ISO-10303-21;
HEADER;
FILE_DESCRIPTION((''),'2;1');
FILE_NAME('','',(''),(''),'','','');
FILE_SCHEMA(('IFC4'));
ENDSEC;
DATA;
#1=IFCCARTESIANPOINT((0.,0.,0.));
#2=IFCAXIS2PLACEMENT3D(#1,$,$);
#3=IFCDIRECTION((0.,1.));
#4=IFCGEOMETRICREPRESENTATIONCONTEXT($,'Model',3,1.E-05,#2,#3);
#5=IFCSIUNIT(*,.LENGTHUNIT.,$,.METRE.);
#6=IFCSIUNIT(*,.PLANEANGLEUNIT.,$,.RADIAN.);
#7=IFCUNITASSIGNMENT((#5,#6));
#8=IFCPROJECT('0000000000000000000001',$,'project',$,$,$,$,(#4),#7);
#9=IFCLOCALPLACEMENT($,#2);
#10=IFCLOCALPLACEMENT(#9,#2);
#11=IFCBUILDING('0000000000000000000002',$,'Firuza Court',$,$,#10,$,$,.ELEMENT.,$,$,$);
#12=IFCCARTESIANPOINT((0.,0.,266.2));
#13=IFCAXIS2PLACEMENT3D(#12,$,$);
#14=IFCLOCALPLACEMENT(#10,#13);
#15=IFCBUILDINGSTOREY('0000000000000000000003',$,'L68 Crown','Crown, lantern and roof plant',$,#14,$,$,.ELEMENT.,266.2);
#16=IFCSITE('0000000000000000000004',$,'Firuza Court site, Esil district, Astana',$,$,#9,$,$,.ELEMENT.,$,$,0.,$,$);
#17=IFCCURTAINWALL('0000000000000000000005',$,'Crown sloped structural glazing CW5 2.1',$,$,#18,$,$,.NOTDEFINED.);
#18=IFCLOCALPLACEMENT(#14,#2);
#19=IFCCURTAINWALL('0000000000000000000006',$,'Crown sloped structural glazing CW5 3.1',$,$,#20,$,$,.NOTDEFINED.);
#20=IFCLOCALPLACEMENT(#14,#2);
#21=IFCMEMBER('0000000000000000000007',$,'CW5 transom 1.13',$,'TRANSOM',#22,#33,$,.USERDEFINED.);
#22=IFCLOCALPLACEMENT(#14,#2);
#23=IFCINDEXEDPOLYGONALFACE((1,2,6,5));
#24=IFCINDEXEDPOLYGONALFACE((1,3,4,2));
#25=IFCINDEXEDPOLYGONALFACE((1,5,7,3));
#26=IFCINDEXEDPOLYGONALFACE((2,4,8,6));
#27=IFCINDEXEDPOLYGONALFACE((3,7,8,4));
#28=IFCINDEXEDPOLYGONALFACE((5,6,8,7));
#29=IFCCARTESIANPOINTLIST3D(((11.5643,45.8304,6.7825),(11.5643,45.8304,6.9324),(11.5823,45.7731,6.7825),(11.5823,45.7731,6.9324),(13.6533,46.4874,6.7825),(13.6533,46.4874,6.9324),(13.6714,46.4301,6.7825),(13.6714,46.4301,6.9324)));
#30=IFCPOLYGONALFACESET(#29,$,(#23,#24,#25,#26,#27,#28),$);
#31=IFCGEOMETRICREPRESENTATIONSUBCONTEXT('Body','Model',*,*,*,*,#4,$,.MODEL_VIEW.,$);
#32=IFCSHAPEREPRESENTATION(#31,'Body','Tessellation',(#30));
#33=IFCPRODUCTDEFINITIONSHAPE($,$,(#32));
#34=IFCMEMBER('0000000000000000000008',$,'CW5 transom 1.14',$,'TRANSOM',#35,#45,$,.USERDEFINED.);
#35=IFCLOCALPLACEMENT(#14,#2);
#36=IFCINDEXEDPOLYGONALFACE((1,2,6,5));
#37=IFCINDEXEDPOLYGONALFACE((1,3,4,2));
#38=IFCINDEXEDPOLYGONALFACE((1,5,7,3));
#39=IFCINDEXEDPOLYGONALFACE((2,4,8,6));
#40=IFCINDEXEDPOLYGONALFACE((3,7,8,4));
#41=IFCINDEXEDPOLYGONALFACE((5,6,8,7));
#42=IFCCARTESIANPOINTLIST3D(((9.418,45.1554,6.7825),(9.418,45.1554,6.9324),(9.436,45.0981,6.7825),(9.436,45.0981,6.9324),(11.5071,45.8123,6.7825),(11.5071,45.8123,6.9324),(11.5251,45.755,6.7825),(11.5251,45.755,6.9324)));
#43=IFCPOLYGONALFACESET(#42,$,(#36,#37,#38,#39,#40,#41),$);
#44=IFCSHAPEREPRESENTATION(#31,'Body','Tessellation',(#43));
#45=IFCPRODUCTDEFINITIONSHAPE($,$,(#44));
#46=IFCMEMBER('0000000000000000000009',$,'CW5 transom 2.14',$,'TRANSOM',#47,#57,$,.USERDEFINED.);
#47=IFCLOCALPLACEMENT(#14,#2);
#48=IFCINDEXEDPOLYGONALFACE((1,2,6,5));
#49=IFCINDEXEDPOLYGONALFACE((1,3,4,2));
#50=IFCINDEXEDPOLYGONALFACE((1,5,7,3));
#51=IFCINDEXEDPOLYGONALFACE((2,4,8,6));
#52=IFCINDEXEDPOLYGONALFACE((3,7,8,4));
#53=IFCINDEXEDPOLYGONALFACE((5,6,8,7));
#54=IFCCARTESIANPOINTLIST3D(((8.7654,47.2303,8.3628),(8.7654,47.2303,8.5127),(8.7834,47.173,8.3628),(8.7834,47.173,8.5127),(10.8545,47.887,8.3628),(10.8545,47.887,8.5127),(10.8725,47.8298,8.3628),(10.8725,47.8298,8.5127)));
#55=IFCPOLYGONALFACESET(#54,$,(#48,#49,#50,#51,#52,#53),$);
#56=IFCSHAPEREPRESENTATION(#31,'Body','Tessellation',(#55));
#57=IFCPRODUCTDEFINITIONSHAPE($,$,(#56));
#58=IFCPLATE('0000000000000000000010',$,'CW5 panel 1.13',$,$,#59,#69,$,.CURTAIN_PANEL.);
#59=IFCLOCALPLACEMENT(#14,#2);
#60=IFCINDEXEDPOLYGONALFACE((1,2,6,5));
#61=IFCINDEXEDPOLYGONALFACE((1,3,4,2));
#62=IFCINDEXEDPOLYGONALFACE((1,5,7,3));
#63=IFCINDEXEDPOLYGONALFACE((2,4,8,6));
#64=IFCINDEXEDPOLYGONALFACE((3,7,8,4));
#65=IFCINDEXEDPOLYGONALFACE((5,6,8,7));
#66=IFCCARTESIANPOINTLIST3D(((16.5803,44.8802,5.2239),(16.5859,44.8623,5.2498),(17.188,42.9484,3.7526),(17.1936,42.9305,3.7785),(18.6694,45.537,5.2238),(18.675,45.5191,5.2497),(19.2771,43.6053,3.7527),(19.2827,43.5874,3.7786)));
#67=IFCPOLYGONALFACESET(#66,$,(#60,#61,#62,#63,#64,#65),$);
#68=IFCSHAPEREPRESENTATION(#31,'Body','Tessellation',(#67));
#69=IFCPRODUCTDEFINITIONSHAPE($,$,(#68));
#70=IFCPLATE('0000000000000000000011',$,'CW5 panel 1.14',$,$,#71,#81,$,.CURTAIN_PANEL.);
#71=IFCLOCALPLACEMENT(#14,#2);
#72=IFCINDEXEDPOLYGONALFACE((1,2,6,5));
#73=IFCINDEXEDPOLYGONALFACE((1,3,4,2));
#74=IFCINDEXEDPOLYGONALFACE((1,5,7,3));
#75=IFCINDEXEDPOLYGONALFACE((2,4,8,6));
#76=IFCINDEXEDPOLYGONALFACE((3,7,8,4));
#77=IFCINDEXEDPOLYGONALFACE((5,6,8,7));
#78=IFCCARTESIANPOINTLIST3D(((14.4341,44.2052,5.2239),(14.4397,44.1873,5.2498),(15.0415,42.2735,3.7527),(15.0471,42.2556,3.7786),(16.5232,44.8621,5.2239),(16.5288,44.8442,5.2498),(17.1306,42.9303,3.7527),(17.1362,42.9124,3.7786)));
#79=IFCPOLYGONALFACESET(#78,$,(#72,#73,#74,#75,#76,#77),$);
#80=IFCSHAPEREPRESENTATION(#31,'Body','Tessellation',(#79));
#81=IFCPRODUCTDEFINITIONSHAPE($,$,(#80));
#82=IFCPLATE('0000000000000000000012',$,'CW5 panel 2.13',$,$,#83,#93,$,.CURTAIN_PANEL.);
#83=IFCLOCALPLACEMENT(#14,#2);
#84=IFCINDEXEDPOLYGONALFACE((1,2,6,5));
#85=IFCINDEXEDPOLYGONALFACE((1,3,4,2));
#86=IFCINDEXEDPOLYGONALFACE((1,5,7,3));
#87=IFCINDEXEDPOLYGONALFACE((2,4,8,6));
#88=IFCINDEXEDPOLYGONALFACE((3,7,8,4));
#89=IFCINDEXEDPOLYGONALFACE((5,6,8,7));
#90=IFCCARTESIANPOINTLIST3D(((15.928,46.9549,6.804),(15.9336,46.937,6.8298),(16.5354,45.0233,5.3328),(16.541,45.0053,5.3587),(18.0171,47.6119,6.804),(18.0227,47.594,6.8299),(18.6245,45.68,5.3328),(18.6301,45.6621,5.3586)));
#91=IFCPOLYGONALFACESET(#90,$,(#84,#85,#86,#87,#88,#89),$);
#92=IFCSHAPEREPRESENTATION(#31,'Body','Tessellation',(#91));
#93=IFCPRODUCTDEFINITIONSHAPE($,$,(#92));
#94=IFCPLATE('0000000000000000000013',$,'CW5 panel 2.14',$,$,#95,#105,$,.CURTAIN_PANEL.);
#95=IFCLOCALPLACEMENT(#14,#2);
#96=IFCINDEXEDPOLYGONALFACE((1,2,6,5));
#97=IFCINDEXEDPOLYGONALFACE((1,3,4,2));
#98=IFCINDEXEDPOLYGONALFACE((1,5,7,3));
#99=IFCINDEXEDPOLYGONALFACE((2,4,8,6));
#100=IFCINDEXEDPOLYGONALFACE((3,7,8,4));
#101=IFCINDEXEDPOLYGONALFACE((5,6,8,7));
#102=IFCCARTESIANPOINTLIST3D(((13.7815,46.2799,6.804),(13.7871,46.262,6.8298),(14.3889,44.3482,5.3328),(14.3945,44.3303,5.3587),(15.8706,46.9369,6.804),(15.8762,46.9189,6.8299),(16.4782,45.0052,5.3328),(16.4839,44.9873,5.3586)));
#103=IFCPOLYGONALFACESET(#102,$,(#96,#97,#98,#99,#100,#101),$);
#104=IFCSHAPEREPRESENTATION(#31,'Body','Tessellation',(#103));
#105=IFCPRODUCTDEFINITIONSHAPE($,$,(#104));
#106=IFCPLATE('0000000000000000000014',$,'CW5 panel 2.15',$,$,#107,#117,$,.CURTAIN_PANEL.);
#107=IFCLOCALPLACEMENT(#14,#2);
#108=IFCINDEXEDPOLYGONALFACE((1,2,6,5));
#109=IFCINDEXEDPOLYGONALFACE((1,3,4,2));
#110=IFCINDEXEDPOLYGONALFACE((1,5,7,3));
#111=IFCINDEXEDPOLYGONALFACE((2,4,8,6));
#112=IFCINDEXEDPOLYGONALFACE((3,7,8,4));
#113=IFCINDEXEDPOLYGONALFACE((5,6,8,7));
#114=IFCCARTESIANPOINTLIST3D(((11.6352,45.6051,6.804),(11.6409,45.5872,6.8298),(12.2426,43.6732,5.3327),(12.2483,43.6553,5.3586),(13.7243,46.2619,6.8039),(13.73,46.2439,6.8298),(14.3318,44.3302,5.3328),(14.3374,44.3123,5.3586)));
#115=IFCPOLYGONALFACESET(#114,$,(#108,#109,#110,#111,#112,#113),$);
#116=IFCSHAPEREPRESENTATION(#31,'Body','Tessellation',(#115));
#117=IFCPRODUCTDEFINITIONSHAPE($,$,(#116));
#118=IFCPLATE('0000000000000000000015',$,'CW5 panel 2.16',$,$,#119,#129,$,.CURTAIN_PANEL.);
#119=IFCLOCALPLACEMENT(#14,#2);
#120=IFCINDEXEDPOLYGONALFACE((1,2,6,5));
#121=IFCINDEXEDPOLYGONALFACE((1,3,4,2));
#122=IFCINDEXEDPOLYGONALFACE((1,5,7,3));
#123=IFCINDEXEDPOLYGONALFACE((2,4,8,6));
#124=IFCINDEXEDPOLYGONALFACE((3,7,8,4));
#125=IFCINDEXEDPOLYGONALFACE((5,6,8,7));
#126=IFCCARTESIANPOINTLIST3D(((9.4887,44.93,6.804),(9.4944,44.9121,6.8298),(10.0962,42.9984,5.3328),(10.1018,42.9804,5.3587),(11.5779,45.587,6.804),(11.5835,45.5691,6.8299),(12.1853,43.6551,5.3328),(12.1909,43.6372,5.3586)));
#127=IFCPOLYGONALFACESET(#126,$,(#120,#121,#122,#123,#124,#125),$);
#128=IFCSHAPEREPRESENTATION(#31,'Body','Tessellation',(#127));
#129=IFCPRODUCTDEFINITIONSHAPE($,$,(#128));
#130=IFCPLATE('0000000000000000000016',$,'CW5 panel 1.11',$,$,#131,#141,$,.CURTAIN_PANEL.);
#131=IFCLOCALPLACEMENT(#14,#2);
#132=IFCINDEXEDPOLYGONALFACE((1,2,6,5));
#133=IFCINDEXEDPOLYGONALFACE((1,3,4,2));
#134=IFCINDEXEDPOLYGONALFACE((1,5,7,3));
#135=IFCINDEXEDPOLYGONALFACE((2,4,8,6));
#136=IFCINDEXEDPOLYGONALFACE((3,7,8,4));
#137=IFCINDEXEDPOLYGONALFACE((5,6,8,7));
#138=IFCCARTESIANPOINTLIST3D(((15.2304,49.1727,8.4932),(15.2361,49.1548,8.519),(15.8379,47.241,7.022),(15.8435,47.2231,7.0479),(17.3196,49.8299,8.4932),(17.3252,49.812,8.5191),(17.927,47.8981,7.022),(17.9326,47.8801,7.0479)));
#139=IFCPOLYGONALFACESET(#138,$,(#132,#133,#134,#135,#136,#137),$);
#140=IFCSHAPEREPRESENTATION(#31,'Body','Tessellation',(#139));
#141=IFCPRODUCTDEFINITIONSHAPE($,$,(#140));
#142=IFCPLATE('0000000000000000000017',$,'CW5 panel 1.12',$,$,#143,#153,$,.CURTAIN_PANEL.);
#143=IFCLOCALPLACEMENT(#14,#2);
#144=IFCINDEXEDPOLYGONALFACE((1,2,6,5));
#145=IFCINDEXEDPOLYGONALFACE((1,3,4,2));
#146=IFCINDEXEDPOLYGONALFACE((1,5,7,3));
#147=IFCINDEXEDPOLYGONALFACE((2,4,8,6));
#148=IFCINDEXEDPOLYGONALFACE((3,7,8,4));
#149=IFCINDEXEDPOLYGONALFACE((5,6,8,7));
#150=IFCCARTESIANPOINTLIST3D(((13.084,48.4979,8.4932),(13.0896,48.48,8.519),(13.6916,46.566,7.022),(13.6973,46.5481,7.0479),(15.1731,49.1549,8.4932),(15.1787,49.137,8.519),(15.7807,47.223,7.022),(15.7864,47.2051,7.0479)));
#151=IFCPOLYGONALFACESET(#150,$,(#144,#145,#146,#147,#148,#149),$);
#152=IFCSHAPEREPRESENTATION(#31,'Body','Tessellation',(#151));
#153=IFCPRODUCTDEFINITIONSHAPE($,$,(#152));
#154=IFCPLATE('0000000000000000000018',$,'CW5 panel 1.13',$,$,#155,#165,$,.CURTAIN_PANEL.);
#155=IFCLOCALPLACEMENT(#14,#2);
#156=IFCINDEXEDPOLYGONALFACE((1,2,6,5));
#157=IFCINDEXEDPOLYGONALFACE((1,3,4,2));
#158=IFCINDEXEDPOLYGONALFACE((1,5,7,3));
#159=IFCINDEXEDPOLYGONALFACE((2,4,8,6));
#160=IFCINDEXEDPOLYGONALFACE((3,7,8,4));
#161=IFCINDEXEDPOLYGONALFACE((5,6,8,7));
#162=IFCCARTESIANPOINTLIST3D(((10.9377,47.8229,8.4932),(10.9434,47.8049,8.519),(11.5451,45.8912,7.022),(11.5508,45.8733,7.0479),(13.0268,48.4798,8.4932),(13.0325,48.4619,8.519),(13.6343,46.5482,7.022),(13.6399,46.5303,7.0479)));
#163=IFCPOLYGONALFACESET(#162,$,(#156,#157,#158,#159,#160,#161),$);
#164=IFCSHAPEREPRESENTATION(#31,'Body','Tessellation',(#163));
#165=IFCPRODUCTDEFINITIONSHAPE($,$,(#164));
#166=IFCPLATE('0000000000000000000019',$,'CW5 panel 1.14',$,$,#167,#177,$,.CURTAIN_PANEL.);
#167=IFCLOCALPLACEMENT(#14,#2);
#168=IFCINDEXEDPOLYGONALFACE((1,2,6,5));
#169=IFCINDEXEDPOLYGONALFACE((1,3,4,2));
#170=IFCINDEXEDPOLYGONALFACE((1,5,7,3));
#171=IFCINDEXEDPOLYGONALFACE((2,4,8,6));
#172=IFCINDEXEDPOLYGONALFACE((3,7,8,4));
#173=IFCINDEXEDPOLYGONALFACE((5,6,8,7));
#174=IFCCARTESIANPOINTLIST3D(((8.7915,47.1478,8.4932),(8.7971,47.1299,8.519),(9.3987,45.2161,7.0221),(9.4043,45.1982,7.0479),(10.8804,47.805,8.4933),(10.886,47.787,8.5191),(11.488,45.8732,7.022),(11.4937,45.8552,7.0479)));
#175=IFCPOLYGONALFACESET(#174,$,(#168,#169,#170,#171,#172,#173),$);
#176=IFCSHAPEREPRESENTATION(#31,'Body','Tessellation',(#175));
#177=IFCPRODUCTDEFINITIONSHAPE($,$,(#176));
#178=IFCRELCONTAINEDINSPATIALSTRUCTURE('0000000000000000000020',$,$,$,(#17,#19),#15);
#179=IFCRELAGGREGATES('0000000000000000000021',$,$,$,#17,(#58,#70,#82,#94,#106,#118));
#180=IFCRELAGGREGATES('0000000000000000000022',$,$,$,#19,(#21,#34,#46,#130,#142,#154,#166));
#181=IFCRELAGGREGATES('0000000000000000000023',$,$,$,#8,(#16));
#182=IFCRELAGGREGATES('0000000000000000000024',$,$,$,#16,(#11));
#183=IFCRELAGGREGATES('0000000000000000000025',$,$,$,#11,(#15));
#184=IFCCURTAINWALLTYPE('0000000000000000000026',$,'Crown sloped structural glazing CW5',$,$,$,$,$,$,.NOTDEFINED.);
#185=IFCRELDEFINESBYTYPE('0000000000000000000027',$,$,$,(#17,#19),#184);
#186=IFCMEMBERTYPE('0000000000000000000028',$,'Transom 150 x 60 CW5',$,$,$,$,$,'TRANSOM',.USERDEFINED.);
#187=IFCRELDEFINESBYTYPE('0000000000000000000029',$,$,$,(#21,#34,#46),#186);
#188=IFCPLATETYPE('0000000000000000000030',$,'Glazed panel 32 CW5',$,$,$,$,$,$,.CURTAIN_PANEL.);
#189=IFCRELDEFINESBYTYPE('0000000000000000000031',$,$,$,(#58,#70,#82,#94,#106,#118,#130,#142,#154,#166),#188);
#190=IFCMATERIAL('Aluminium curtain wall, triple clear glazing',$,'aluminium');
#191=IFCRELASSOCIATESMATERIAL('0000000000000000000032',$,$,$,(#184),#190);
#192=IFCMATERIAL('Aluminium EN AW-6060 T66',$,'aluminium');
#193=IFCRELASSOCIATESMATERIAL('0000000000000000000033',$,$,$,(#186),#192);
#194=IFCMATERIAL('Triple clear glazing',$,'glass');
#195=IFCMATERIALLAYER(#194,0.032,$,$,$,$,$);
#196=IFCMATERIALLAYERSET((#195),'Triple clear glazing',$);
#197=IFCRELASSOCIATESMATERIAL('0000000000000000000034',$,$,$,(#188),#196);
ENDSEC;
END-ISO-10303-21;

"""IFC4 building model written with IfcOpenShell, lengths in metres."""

from ifc_helpers import new_model, si_unit, direction, frame, origin, origin_2d, place, context, subcontext, project, spatial, polyline, rectangle, outline, extrude, material, layer, layer_set, material_profile, profile_set, type_object, element, aggregate, save


model = new_model("IFC4")

# Units and contexts
model_context = context("Model", 3, precision=1e-05, world=origin(), true_north=direction((0.0, 1.0)))
body_context = subcontext(model_context, "Body", "Model", "MODEL_VIEW")
ifc_project = project(units=[si_unit("LENGTHUNIT", "METRE"), si_unit("PLANEANGLEUNIT", "RADIAN")], contexts=[model_context])

# Site, building, storey
site_placement = place(None, origin())
site = spatial("IfcSite", under=ifc_project, at=site_placement, Name="Firuza Court site, Esil district, Astana", CompositionType="ELEMENT", RefElevation=0.0)
building_placement = place(site_placement, origin())
building = spatial("IfcBuilding", under=site, at=building_placement, Name="Firuza Court", CompositionType="ELEMENT")
storey_placement = place(building_placement, frame((0.0, 0.0, 266.2)))
storey = spatial("IfcBuildingStorey", under=building, at=storey_placement, Name="L68 Crown", Description="Crown, lantern and roof plant", CompositionType="ELEMENT", Elevation=266.2)

# Curtain walls
ifc_material_1 = material(Name="Aluminium curtain wall, triple clear glazing", Category="aluminium")
curtain_wall_type = type_object("IfcCurtainWallType", Name="Crown sloped structural glazing CW5", PredefinedType="NOTDEFINED", material=ifc_material_1)
curtain_wall_1_placement = place(storey_placement, origin())
curtain_wall_1 = element("IfcCurtainWall", 1, at=curtain_wall_1_placement, inside=storey, type_object=curtain_wall_type, Name="Crown sloped structural glazing CW5 2.1", PredefinedType="NOTDEFINED")
curtain_wall_2_placement = place(storey_placement, origin())
curtain_wall_2 = element("IfcCurtainWall", 2, at=curtain_wall_2_placement, inside=storey, type_object=curtain_wall_type, Name="Crown sloped structural glazing CW5 3.1", PredefinedType="NOTDEFINED")
ifc_material_2 = material(Name="Aluminium EN AW-6060 T66", Category="aluminium")
ifc_material_profile_1 = material_profile(ifc_material_2, rectangle(XDim=0.0601, YDim=0.1499, at=origin_2d()), Name="Transom 150 x 60 CW5")
ifc_profile_set_1 = profile_set([ifc_material_profile_1], Name="Aluminium EN AW-6060 T66")
member_type_1 = type_object("IfcMemberType", Name="Transom 150 x 60 CW5", ElementType="TRANSOM", PredefinedType="USERDEFINED", material=ifc_profile_set_1)

# Members
member_1_placement = place(storey_placement, frame((13.6624, 46.4587, 6.8574), z_axis=(-0.953941, -0.299995, 0.0), x_axis=(0.299995, -0.953941, 0.0)))
member_1 = element("IfcMember", 3, at=member_1_placement, type_object=member_type_1, Name="CW5 transom 1.13", ObjectType="TRANSOM", PredefinedType="USERDEFINED", context=body_context, shape_type="SweptSolid", body=[
    extrude(rectangle(XDim=0.0601, YDim=0.1499, at=origin_2d()), origin(), (0.0, 0.0, 1.0), 2.1899),
])
member_2_placement = place(storey_placement, frame((11.5161, 45.7837, 6.8574), z_axis=(-0.953941, -0.299995, 0.0), x_axis=(0.299995, -0.953941, 0.0)))
member_2 = element("IfcMember", 4, at=member_2_placement, type_object=member_type_1, Name="CW5 transom 1.14", ObjectType="TRANSOM", PredefinedType="USERDEFINED", context=body_context, shape_type="SweptSolid", body=[
    extrude(rectangle(XDim=0.0601, YDim=0.1499, at=origin_2d()), origin(), (0.0, 0.0, 1.0), 2.1899),
])
member_3_placement = place(storey_placement, frame((10.8635, 47.8584, 8.4377), z_axis=(-0.953973, -0.299893, 0.0), x_axis=(0.299893, -0.953973, 0.0)))
member_3 = element("IfcMember", 5, at=member_3_placement, type_object=member_type_1, Name="CW5 transom 2.14", ObjectType="TRANSOM", PredefinedType="USERDEFINED", context=body_context, shape_type="SweptSolid", body=[
    extrude(rectangle(XDim=0.0601, YDim=0.1499, at=origin_2d()), origin(), (0.0, 0.0, 1.0), 2.1899),
])

# Plates
ifc_material_3 = material(Name="Triple clear glazing", Category="glass")
ifc_layer = layer(ifc_material_3, 0.032)
ifc_layer_set = layer_set([ifc_layer], Name="Triple clear glazing")
plate_type = type_object("IfcPlateType", Name="Glazed panel 32 CW5", PredefinedType="CURTAIN_PANEL", material=ifc_layer_set)
plate_1_placement = place(storey_placement, frame((19.2827, 43.5874, 3.7786), z_axis=(0.176293, -0.560692, 0.809039), x_axis=(-0.953946, -0.299977, -0.000025)))
plate_1 = element("IfcPlate", 6, at=plate_1_placement, type_object=plate_type, Name="CW5 panel 1.13", PredefinedType="CURTAIN_PANEL", context=body_context, shape_type="SweptSolid", body=[
    extrude(outline(polyline([(0.0, 0.0), (2.19, 0.0), (2.1901, -2.5032), (0.0002, -2.503), (0.0, 0.0)])), origin(), (0.0, 0.0, -1.0), 0.032),
])
plate_2_placement = place(storey_placement, frame((17.1362, 42.9124, 3.7786), z_axis=(0.176298, -0.560706, 0.809029), x_axis=(-0.953967, -0.299911, 0.000025)))
plate_2 = element("IfcPlate", 7, at=plate_2_placement, type_object=plate_type, Name="CW5 panel 1.14", PredefinedType="CURTAIN_PANEL", context=body_context, shape_type="SweptSolid", body=[
    extrude(outline(polyline([(0.0, 0.0), (2.1899, 0.0), (2.1901, -2.5029), (0.0001, -2.5031), (0.0, 0.0)])), origin(), (0.0, 0.0, -1.0), 0.032),
])
plate_3_placement = place(storey_placement, frame((18.6301, 45.6621, 5.3586), z_axis=(0.176298, -0.560706, 0.809029), x_axis=(-0.953967, -0.299911, 0.000025)))
plate_3 = element("IfcPlate", 8, at=plate_3_placement, type_object=plate_type, Name="CW5 panel 2.13", PredefinedType="CURTAIN_PANEL", context=body_context, shape_type="SweptSolid", body=[
    extrude(outline(polyline([(0.0, 0.0), (2.1899, 0.0), (2.1901, -2.5029), (0.0001, -2.5031), (0.0, 0.0)])), origin(), (0.0, 0.0, -1.0), 0.032),
])
plate_4_placement = place(storey_placement, frame((16.4839, 44.9873, 5.3586), z_axis=(0.176323, -0.560714, 0.809018), x_axis=(-0.953949, -0.299968, 0.000008)))
plate_4 = element("IfcPlate", 9, at=plate_4_placement, type_object=plate_type, Name="CW5 panel 2.14", PredefinedType="CURTAIN_PANEL", context=body_context, shape_type="SweptSolid", body=[
    extrude(outline(polyline([(0.0, 0.0), (2.1902, 0.0), (2.1902, -2.5029), (0.0003, -2.503), (0.0, 0.0)])), origin(), (0.0, 0.0, -1.0), 0.032),
])
plate_5_placement = place(storey_placement, frame((14.3374, 44.3123, 5.3586), z_axis=(0.176298, -0.560706, 0.809029), x_axis=(-0.953946, -0.299977, -0.000025)))
plate_5 = element("IfcPlate", 10, at=plate_5_placement, type_object=plate_type, Name="CW5 panel 2.15", PredefinedType="CURTAIN_PANEL", context=body_context, shape_type="SweptSolid", body=[
    extrude(outline(polyline([(0.0, 0.0), (2.19, 0.0), (2.1899, -2.5031), (0.0, -2.5029), (0.0, 0.0)])), origin(), (0.0, 0.0, -1.0), 0.032),
])
plate_6_placement = place(storey_placement, frame((12.1909, 43.6372, 5.3586), z_axis=(0.176298, -0.560706, 0.809029), x_axis=(-0.953967, -0.299911, 0.000025)))
plate_6 = element("IfcPlate", 11, at=plate_6_placement, type_object=plate_type, Name="CW5 panel 2.16", PredefinedType="CURTAIN_PANEL", context=body_context, shape_type="SweptSolid", body=[
    extrude(outline(polyline([(0.0, 0.0), (2.1899, 0.0), (2.1901, -2.5029), (0.0001, -2.5031), (0.0, 0.0)])), origin(), (0.0, 0.0, -1.0), 0.032),
])
aggregate(curtain_wall_1, [plate_1, plate_2, plate_3, plate_4, plate_5, plate_6])
plate_7_placement = place(storey_placement, frame((17.9326, 47.8801, 7.0479), z_axis=(0.176357, -0.560687, 0.809029), x_axis=(-0.953935, -0.300012, 0.000025)))
plate_7 = element("IfcPlate", 12, at=plate_7_placement, type_object=plate_type, Name="CW5 panel 1.11", PredefinedType="CURTAIN_PANEL", context=body_context, shape_type="SweptSolid", body=[
    extrude(outline(polyline([(0.0, 0.0), (2.19, 0.0), (2.1899, -2.5029), (-0.0001, -2.5031), (0.0, 0.0)])), origin(), (0.0, 0.0, -1.0), 0.032),
])
plate_8_placement = place(storey_placement, frame((15.7864, 47.2051, 7.0479), z_axis=(0.176317, -0.560662, 0.809056), x_axis=(-0.953941, -0.299995, 0.0)))
plate_8 = element("IfcPlate", 13, at=plate_8_placement, type_object=plate_type, Name="CW5 panel 1.12", PredefinedType="CURTAIN_PANEL", context=body_context, shape_type="SweptSolid", body=[
    extrude(outline(polyline([(0.0, 0.0), (2.19, 0.0), (2.1901, -2.5032), (0.0001, -2.5032), (0.0, 0.0)])), origin(), (0.0, 0.0, -1.0), 0.032),
])
plate_9_placement = place(storey_placement, frame((13.6399, 46.5303, 7.0479), z_axis=(0.176334, -0.560717, 0.809013), x_axis=(-0.953941, -0.299995, 0.0)))
plate_9 = element("IfcPlate", 14, at=plate_9_placement, type_object=plate_type, Name="CW5 panel 1.13", PredefinedType="CURTAIN_PANEL", context=body_context, shape_type="SweptSolid", body=[
    extrude(outline(polyline([(0.0, 0.0), (2.19, 0.0), (2.1899, -2.5029), (0.0, -2.5029), (0.0, 0.0)])), origin(), (0.0, 0.0, -1.0), 0.032),
])
plate_10_placement = place(storey_placement, frame((11.4937, 45.8552, 7.0479), z_axis=(0.176357, -0.560687, 0.809029), x_axis=(-0.953942, -0.299991, 0.000041)))
plate_10 = element("IfcPlate", 15, at=plate_10_placement, type_object=plate_type, Name="CW5 panel 1.14", PredefinedType="CURTAIN_PANEL", context=body_context, shape_type="SweptSolid", body=[
    extrude(outline(polyline([(0.0, 0.0), (2.1902, 0.0), (2.19, -2.5029), (0.0002, -2.5032), (0.0, 0.0)])), origin(), (0.0, 0.0, -1.0), 0.032),
])
aggregate(curtain_wall_2, [member_1, member_2, member_3, plate_7, plate_8, plate_9, plate_10])

save(model, "model.ifc")
